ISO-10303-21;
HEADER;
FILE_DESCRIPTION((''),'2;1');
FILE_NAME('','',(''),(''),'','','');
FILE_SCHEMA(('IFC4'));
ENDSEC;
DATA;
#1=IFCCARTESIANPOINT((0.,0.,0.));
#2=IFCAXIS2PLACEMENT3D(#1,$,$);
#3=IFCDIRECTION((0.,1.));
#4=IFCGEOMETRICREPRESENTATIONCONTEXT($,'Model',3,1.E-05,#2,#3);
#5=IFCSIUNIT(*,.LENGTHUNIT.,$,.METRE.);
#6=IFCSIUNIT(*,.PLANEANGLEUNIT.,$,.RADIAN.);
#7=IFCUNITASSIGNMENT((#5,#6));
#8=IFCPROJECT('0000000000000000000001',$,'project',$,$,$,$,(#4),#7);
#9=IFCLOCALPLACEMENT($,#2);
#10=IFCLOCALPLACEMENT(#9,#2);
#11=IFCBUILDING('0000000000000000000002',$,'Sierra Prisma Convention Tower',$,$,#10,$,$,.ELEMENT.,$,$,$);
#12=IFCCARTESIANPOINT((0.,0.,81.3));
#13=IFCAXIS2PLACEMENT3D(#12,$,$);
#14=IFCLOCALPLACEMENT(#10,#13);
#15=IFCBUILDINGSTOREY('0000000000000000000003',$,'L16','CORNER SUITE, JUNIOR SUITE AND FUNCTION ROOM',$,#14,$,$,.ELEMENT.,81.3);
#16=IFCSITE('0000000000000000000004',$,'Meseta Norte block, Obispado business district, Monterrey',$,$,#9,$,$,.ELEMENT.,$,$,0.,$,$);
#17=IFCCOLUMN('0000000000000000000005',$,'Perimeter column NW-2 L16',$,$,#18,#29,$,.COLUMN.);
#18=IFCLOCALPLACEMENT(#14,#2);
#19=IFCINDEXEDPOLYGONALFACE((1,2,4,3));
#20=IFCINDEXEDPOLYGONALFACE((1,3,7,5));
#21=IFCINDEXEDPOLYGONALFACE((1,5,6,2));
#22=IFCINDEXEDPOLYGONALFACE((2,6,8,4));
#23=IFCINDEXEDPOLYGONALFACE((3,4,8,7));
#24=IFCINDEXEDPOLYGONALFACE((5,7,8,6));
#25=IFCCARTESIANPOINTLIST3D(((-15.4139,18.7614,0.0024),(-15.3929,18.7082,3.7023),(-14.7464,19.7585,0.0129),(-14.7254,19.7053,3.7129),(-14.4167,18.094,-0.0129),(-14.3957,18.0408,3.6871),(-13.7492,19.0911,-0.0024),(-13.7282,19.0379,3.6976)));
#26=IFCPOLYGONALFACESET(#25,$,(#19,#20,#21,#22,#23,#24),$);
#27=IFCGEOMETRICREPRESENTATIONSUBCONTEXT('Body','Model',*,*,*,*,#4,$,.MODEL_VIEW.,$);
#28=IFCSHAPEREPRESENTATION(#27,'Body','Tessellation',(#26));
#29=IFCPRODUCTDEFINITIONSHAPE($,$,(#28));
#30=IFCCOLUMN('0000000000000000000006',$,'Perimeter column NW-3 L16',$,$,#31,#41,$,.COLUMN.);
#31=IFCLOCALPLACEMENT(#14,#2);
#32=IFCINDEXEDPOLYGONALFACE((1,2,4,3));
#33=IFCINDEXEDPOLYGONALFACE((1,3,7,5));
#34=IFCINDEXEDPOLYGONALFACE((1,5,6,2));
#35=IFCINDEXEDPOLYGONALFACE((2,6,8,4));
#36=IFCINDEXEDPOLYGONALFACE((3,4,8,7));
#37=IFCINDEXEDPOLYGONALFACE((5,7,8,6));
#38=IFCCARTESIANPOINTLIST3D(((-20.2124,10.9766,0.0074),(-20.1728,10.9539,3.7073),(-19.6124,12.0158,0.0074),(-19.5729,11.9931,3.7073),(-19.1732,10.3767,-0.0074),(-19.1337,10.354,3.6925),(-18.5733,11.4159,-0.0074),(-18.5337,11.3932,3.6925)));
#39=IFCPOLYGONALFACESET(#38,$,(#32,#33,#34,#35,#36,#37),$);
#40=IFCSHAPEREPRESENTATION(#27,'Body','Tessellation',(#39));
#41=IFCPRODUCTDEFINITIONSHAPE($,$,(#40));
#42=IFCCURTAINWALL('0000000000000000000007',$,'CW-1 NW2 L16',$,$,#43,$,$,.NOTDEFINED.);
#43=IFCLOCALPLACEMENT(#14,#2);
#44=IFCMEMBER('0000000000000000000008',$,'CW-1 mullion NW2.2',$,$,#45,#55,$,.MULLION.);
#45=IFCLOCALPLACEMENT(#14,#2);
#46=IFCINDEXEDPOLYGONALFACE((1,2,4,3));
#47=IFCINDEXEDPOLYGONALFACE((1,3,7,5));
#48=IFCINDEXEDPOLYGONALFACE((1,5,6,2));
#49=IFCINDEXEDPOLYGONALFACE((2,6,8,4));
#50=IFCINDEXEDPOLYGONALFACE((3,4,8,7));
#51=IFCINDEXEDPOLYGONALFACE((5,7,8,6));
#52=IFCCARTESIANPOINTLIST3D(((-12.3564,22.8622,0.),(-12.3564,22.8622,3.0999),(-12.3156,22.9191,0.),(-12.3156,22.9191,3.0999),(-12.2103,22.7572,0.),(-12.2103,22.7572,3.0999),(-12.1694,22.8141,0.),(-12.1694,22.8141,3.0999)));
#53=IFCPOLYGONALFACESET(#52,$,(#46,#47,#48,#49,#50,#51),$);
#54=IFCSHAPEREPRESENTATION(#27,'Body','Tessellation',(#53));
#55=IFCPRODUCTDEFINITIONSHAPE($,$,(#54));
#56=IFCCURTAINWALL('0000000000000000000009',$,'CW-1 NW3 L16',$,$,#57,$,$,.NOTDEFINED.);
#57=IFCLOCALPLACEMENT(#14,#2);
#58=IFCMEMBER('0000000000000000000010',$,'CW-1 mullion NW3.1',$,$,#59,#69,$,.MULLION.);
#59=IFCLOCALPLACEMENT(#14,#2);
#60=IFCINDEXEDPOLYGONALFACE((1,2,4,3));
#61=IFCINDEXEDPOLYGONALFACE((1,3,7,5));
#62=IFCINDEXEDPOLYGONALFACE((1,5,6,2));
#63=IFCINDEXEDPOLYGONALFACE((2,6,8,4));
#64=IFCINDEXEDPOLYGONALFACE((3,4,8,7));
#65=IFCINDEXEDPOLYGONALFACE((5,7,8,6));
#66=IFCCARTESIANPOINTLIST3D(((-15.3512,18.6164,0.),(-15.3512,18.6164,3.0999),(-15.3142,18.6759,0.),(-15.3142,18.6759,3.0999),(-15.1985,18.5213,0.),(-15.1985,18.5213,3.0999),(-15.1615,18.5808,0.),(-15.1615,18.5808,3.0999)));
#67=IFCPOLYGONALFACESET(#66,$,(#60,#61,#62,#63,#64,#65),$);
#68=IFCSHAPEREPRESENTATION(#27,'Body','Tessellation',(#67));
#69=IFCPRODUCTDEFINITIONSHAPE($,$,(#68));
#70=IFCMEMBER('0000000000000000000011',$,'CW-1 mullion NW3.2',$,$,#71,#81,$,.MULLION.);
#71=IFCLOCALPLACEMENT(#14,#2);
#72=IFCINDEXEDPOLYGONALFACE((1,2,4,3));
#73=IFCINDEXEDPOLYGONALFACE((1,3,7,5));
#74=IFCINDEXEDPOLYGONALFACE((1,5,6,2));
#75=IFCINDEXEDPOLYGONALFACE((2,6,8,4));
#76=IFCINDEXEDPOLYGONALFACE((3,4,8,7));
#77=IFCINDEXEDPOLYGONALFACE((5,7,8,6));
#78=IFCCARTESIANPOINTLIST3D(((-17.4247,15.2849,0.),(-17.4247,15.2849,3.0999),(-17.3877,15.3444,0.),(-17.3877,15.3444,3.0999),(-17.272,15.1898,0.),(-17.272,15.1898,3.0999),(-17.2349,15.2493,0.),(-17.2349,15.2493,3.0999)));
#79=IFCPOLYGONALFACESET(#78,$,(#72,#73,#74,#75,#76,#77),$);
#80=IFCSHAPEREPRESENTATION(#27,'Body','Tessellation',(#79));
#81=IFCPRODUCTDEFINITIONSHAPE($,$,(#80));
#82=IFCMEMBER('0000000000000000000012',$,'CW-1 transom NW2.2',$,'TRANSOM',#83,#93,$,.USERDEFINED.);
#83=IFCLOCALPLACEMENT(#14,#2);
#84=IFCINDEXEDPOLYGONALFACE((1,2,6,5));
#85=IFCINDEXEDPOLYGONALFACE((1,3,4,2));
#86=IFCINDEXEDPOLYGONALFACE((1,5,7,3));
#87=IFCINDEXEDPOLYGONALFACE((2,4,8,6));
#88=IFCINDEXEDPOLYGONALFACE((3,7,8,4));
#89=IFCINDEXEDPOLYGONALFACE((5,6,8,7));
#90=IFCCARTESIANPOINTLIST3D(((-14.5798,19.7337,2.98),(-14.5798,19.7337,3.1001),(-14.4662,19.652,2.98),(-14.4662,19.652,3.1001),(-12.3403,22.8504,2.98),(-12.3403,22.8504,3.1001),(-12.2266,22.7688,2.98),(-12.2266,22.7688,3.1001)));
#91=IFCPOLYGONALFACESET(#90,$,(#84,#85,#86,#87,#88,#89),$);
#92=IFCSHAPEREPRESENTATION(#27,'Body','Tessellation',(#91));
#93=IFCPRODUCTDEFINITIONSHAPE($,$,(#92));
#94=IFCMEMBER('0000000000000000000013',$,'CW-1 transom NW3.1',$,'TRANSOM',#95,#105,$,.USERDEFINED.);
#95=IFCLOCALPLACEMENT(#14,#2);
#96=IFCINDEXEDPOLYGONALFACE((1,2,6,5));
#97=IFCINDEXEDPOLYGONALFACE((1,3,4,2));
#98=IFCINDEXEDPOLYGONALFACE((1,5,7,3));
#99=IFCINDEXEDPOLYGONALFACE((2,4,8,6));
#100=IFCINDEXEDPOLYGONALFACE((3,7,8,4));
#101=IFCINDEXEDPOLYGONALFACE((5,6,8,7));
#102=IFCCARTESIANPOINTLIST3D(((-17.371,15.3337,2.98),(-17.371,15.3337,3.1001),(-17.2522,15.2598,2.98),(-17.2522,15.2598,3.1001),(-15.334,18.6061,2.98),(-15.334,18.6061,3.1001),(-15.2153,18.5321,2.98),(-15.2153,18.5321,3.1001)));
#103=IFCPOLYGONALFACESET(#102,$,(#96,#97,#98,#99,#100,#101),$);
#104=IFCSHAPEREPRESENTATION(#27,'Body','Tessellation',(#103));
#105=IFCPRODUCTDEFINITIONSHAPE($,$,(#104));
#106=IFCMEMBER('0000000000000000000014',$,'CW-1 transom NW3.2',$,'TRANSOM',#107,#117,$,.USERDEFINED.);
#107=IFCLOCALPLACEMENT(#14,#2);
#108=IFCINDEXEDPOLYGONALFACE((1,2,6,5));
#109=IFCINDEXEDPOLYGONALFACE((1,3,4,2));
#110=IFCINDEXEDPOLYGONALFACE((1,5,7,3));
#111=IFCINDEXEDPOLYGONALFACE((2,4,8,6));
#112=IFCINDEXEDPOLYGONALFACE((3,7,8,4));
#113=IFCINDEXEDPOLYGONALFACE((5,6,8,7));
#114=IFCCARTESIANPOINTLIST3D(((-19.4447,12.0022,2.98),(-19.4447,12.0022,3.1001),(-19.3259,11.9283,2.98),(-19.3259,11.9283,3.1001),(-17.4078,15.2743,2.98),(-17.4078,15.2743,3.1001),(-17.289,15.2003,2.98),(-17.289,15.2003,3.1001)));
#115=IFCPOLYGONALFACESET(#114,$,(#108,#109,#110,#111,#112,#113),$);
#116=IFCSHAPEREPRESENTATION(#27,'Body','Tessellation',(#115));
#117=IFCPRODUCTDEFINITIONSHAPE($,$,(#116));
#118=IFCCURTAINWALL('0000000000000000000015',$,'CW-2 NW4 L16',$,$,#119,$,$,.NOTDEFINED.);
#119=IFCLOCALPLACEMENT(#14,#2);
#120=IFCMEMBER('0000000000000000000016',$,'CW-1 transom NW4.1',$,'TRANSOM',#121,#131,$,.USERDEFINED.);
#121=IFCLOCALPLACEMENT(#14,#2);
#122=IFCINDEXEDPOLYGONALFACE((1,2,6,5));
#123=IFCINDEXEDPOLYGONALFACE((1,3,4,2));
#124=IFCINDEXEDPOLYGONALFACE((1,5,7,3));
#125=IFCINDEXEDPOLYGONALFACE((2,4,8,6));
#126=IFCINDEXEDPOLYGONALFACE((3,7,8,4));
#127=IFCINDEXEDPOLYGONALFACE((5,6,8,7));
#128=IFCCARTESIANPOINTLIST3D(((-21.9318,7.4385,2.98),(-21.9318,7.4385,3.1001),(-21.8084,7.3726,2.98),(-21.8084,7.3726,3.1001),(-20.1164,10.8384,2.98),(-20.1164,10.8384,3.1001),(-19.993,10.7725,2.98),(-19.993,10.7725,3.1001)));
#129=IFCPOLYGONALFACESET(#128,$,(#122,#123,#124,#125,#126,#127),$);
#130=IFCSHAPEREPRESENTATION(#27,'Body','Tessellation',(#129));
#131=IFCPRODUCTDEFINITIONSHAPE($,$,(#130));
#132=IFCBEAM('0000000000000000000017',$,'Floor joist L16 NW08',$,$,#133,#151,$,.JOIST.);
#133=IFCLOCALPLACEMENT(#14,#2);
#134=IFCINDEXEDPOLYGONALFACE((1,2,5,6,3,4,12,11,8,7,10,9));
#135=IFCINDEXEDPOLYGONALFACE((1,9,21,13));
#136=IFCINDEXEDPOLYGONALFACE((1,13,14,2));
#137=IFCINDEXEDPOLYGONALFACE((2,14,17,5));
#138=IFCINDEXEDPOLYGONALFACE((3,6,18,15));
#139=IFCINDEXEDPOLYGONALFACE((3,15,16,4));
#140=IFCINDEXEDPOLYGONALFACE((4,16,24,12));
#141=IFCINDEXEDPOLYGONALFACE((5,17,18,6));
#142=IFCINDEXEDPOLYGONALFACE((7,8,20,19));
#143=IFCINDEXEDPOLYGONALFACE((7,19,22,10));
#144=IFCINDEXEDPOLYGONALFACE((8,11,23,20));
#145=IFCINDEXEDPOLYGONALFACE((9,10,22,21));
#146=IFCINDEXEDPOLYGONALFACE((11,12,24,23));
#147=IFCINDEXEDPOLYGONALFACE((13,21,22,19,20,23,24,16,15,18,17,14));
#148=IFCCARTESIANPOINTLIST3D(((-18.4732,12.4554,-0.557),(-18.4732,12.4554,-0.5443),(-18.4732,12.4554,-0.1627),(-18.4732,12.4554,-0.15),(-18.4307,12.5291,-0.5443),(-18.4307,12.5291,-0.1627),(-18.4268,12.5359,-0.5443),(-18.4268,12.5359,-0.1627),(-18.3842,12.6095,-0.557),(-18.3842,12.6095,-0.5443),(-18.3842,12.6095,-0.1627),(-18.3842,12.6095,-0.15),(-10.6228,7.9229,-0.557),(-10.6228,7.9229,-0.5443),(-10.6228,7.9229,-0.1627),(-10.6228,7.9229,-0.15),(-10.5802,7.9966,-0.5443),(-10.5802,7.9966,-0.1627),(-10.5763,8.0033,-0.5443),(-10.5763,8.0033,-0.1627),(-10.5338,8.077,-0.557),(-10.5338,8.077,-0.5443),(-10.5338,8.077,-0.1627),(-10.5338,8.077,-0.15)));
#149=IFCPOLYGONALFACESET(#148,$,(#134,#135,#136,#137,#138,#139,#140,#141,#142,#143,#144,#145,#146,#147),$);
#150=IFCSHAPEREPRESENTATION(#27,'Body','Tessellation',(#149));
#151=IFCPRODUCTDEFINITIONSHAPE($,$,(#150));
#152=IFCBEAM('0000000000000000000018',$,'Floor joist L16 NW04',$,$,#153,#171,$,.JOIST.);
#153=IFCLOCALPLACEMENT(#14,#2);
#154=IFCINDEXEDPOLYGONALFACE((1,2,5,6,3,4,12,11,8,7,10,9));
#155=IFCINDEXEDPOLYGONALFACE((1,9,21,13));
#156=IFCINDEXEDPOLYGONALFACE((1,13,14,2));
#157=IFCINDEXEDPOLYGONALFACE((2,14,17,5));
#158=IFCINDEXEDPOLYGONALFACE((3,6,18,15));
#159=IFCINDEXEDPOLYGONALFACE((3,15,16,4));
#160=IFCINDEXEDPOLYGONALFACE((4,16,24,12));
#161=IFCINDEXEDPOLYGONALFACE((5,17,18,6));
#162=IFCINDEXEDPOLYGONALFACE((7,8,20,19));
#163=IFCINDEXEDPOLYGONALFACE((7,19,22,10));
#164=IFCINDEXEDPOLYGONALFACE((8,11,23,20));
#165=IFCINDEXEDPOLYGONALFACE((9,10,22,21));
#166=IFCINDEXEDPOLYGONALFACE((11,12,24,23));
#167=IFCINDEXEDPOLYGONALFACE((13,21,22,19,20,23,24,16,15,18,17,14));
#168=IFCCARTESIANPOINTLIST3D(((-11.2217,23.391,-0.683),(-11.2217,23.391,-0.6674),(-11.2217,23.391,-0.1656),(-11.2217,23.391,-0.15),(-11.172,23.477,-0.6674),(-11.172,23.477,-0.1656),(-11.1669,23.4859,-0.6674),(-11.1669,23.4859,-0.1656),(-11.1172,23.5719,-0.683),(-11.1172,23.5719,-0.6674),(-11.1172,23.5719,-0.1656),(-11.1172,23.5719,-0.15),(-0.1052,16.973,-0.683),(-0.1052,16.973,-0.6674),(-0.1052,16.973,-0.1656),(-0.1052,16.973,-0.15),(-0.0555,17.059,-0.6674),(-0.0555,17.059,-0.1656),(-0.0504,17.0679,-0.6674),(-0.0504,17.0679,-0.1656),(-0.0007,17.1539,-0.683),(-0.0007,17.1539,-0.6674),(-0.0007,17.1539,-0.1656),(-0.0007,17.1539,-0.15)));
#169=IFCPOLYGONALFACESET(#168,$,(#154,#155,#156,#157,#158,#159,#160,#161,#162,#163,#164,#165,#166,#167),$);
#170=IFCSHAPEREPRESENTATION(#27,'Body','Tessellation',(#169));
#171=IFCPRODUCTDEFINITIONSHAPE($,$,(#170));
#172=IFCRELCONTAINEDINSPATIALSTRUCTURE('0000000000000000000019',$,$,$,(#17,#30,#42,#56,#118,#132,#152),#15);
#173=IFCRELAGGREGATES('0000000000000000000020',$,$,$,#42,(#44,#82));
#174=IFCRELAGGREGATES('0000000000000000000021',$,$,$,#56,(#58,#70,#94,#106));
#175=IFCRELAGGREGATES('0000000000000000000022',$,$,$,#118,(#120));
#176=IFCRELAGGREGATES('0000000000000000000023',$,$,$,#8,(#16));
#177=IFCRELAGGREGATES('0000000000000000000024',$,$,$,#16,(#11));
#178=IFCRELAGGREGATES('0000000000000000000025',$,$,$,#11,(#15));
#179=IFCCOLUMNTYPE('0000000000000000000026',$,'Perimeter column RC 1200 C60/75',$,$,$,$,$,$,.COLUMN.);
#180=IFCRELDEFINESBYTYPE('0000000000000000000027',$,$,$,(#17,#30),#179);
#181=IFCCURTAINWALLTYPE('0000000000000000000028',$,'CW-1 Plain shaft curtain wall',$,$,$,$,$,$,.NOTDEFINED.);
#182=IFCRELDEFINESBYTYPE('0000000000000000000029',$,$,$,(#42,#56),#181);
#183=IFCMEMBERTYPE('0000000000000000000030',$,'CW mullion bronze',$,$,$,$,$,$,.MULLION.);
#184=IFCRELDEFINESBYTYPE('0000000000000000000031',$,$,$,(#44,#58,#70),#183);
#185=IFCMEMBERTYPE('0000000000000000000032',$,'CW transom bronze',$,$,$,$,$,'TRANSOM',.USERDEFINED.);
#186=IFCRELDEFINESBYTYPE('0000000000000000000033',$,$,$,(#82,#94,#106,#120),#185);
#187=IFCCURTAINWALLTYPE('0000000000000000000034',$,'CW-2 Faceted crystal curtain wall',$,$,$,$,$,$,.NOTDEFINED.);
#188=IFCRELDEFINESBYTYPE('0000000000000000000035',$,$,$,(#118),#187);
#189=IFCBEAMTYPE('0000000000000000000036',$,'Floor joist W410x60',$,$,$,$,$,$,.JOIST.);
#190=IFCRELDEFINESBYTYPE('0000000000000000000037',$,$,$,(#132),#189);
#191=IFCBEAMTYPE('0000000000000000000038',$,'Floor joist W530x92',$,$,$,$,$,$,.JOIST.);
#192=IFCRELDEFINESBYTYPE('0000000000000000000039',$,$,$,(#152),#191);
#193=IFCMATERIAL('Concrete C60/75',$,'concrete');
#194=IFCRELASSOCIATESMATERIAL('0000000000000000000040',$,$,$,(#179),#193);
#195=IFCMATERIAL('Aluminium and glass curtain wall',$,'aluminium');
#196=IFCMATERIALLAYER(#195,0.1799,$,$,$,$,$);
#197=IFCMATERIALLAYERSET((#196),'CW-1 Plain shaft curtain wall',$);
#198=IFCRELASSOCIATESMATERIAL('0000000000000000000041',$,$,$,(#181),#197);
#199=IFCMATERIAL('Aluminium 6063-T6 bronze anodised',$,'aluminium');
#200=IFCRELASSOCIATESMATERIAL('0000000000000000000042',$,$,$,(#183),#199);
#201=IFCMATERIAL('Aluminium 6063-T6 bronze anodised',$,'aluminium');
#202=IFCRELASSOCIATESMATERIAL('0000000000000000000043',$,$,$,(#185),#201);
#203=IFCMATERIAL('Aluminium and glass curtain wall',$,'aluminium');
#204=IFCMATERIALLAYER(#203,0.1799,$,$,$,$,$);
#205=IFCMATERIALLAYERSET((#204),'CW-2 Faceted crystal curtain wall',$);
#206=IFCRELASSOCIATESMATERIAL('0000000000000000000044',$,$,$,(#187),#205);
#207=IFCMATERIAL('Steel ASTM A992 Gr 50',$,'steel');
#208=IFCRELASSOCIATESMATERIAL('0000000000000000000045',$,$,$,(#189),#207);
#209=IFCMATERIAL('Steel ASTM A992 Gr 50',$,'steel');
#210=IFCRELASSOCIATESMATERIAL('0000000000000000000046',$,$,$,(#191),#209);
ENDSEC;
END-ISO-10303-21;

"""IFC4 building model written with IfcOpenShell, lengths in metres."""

from ifc_helpers import new_model, si_unit, direction, frame, origin, origin_2d, place, context, subcontext, project, spatial, rectangle, i_section, extrude, material, layer, layer_set, material_profile, profile_set, type_object, element, aggregate, save


model = new_model("IFC4")

# Units and contexts
model_context = context("Model", 3, precision=1e-05, world=origin(), true_north=direction((0.0, 1.0)))
body_context = subcontext(model_context, "Body", "Model", "MODEL_VIEW")
ifc_project = project(units=[si_unit("LENGTHUNIT", "METRE"), si_unit("PLANEANGLEUNIT", "RADIAN")], contexts=[model_context])

# Site, building, storey
site_placement = place(None, origin())
site = spatial("IfcSite", under=ifc_project, at=site_placement, Name="Meseta Norte block, Obispado business district, Monterrey", CompositionType="ELEMENT", RefElevation=0.0)
building_placement = place(site_placement, origin())
building = spatial("IfcBuilding", under=site, at=building_placement, Name="Sierra Prisma Convention Tower", CompositionType="ELEMENT")
storey_placement = place(building_placement, frame((0.0, 0.0, 81.3)))
storey = spatial("IfcBuildingStorey", under=building, at=storey_placement, Name="L16", Description="CORNER SUITE, JUNIOR SUITE AND FUNCTION ROOM", CompositionType="ELEMENT", Elevation=81.3)

# Columns
ifc_material_1 = material(Name="Concrete C60/75", Category="concrete")
ifc_material_profile_1 = material_profile(ifc_material_1, rectangle(XDim=1.2, YDim=1.2, at=origin_2d()), Name="Perimeter column RC 1200 C60/75")
ifc_profile_set_1 = profile_set([ifc_material_profile_1], Name="Concrete C60/75")
column_type = type_object("IfcColumnType", Name="Perimeter column RC 1200 C60/75", PredefinedType="COLUMN", material=ifc_profile_set_1)
column_1_placement = place(storey_placement, frame((-14.5815, 18.9263, 0.0), z_axis=(0.005674, -0.014383, 0.99988), x_axis=(0.556275, 0.830952, 0.008796)))
element("IfcColumn", 1, at=column_1_placement, inside=storey, type_object=column_type, Name="Perimeter column NW-2 L16", PredefinedType="COLUMN", context=body_context, shape_type="SweptSolid", body=[
    extrude(rectangle(XDim=1.2, YDim=1.2, at=origin_2d()), origin(), (0.0, 0.0, 1.0), 3.7004),
])
column_2_placement = place(storey_placement, frame((-19.3928, 11.1963, 0.0), z_axis=(0.010689, -0.006136, 0.999924), x_axis=(0.499971, 0.866042, -0.00003)))
element("IfcColumn", 2, at=column_2_placement, inside=storey, type_object=column_type, Name="Perimeter column NW-3 L16", PredefinedType="COLUMN", context=body_context, shape_type="SweptSolid", body=[
    extrude(rectangle(XDim=1.2, YDim=1.2, at=origin_2d()), origin(), (0.0, 0.0, 1.0), 3.7002),
])

# Curtain wall, member
ifc_material_2 = material(Name="Aluminium and glass curtain wall", Category="aluminium")
ifc_layer_1 = layer(ifc_material_2, 0.1799)
ifc_layer_set_1 = layer_set([ifc_layer_1], Name="CW-1 Plain shaft curtain wall")
curtain_wall_type_1 = type_object("IfcCurtainWallType", Name="CW-1 Plain shaft curtain wall", PredefinedType="NOTDEFINED", material=ifc_layer_set_1)
curtain_wall_1_placement = place(storey_placement, origin())
curtain_wall_1 = element("IfcCurtainWall", 3, at=curtain_wall_1_placement, inside=storey, type_object=curtain_wall_type_1, Name="CW-1 NW2 L16", PredefinedType="NOTDEFINED")
ifc_material_3 = material(Name="Aluminium 6063-T6 bronze anodised", Category="aluminium")
ifc_material_profile_2 = material_profile(ifc_material_3, rectangle(XDim=0.1799, YDim=0.0701, at=origin_2d()), Name="ALU MULLION 70x180")
ifc_profile_set_2 = profile_set([ifc_material_profile_2], Name="Aluminium 6063-T6 bronze anodised")
member_type_1 = type_object("IfcMemberType", Name="CW mullion bronze", PredefinedType="MULLION", material=ifc_profile_set_2)
member_1_placement = place(storey_placement, frame((-12.2629, 22.8381, 0.0), z_axis=(0.0, 0.0, 1.0), x_axis=(0.812096, -0.583524, 0.0)))
member_1 = element("IfcMember", 4, at=member_1_placement, type_object=member_type_1, Name="CW-1 mullion NW2.2", PredefinedType="MULLION", context=body_context, shape_type="SweptSolid", body=[
    extrude(rectangle(XDim=0.1799, YDim=0.0701, at=origin_2d()), origin(), (0.0, 0.0, 1.0), 3.0999),
])

# Curtain wall, members
curtain_wall_2_placement = place(storey_placement, origin())
curtain_wall_2 = element("IfcCurtainWall", 5, at=curtain_wall_2_placement, inside=storey, type_object=curtain_wall_type_1, Name="CW-1 NW3 L16", PredefinedType="NOTDEFINED")
member_2_placement = place(storey_placement, frame((-15.2563, 18.5986, 0.0), z_axis=(0.0, 0.0, 1.0), x_axis=(0.848975, -0.528432, 0.0)))
member_2 = element("IfcMember", 6, at=member_2_placement, type_object=member_type_1, Name="CW-1 mullion NW3.1", PredefinedType="MULLION", context=body_context, shape_type="SweptSolid", body=[
    extrude(rectangle(XDim=0.1799, YDim=0.0701, at=origin_2d()), origin(), (0.0, 0.0, 1.0), 3.0999),
])
member_3_placement = place(storey_placement, frame((-17.3298, 15.2671, 0.0), z_axis=(0.0, 0.0, 1.0), x_axis=(0.848975, -0.528432, 0.0)))
member_3 = element("IfcMember", 7, at=member_3_placement, type_object=member_type_1, Name="CW-1 mullion NW3.2", PredefinedType="MULLION", context=body_context, shape_type="SweptSolid", body=[
    extrude(rectangle(XDim=0.1799, YDim=0.0701, at=origin_2d()), origin(), (0.0, 0.0, 1.0), 3.0999),
])

# Members
ifc_material_4 = material(Name="Aluminium 6063-T6 bronze anodised", Category="aluminium")
ifc_material_profile_3 = material_profile(ifc_material_4, rectangle(XDim=0.1399, YDim=0.1201, at=origin_2d()), Name="ALU TRANSOM 120x140")
ifc_profile_set_3 = profile_set([ifc_material_profile_3], Name="Aluminium 6063-T6 bronze anodised")
member_type_2 = type_object("IfcMemberType", Name="CW transom bronze", ElementType="TRANSOM", PredefinedType="USERDEFINED", material=ifc_profile_set_3)
member_4_placement = place(storey_placement, frame((-12.2834, 22.8096, 3.04), z_axis=(-0.583529, -0.812093, 0.0), x_axis=(0.812093, -0.583529, 0.0)))
member_4 = element("IfcMember", 8, at=member_4_placement, type_object=member_type_2, Name="CW-1 transom NW2.2", ObjectType="TRANSOM", PredefinedType="USERDEFINED", context=body_context, shape_type="SweptSolid", body=[
    extrude(rectangle(XDim=0.1399, YDim=0.1201, at=origin_2d()), origin(), (0.0, 0.0, 1.0), 3.8379),
])
member_5_placement = place(storey_placement, frame((-15.2747, 18.5691, 3.04), z_axis=(-0.528455, -0.848961, 0.0), x_axis=(0.848961, -0.528455, 0.0)))
member_5 = element("IfcMember", 9, at=member_5_placement, type_object=member_type_2, Name="CW-1 transom NW3.1", ObjectType="TRANSOM", PredefinedType="USERDEFINED", context=body_context, shape_type="SweptSolid", body=[
    extrude(rectangle(XDim=0.1399, YDim=0.1201, at=origin_2d()), origin(), (0.0, 0.0, 1.0), 3.8545),
])
member_6_placement = place(storey_placement, frame((-17.3484, 15.2373, 3.04), z_axis=(-0.528484, -0.848944, 0.0), x_axis=(0.848944, -0.528484, 0.0)))
member_6 = element("IfcMember", 10, at=member_6_placement, type_object=member_type_2, Name="CW-1 transom NW3.2", ObjectType="TRANSOM", PredefinedType="USERDEFINED", context=body_context, shape_type="SweptSolid", body=[
    extrude(rectangle(XDim=0.1399, YDim=0.1201, at=origin_2d()), origin(), (0.0, 0.0, 1.0), 3.8542),
])

# Curtain wall, member
ifc_material_5 = material(Name="Aluminium and glass curtain wall", Category="aluminium")
ifc_layer_2 = layer(ifc_material_5, 0.1799)
ifc_layer_set_2 = layer_set([ifc_layer_2], Name="CW-2 Faceted crystal curtain wall")
curtain_wall_type_2 = type_object("IfcCurtainWallType", Name="CW-2 Faceted crystal curtain wall", PredefinedType="NOTDEFINED", material=ifc_layer_set_2)
curtain_wall_3_placement = place(storey_placement, origin())
curtain_wall_3 = element("IfcCurtainWall", 11, at=curtain_wall_3_placement, inside=storey, type_object=curtain_wall_type_2, Name="CW-2 NW4 L16", PredefinedType="NOTDEFINED")
member_7_placement = place(storey_placement, frame((-20.0547, 10.8054, 3.04), z_axis=(-0.471022, -0.882121, 0.0), x_axis=(0.882121, -0.471022, 0.0)))
member_7 = element("IfcMember", 12, at=member_7_placement, type_object=member_type_2, Name="CW-1 transom NW4.1", ObjectType="TRANSOM", PredefinedType="USERDEFINED", context=body_context, shape_type="SweptSolid", body=[
    extrude(rectangle(XDim=0.1399, YDim=0.1201, at=origin_2d()), origin(), (0.0, 0.0, 1.0), 3.8542),
])

# Beams
ifc_material_6 = material(Name="Steel ASTM A992 Gr 50", Category="steel")
ifc_material_profile_4 = material_profile(ifc_material_6, i_section(OverallWidth=0.178, OverallDepth=0.407, WebThickness=0.0078, FlangeThickness=0.0127, at=origin_2d()), Name="W410x60")
ifc_profile_set_4 = profile_set([ifc_material_profile_4], Name="Steel ASTM A992 Gr 50")
beam_type_1 = type_object("IfcBeamType", Name="Floor joist W410x60", PredefinedType="JOIST", material=ifc_profile_set_4)
beam_1_placement = place(storey_placement, frame((-18.4287, 12.5325, -0.3535), z_axis=(0.866022, -0.500006, 0.0), x_axis=(0.500006, 0.866022, 0.0)))
element("IfcBeam", 13, at=beam_1_placement, inside=storey, type_object=beam_type_1, Name="Floor joist L16 NW08", PredefinedType="JOIST", context=body_context, shape_type="SweptSolid", body=[
    extrude(i_section(OverallWidth=0.178, OverallDepth=0.407, WebThickness=0.0078, FlangeThickness=0.0127, at=origin_2d()), origin(), (0.0, 0.0, 1.0), 9.0649),
])
ifc_material_7 = material(Name="Steel ASTM A992 Gr 50", Category="steel")
ifc_material_profile_5 = material_profile(ifc_material_7, i_section(OverallWidth=0.209, OverallDepth=0.533, WebThickness=0.0103, FlangeThickness=0.0156, at=origin_2d()), Name="W530x92")
ifc_profile_set_5 = profile_set([ifc_material_profile_5], Name="Steel ASTM A992 Gr 50")
beam_type_2 = type_object("IfcBeamType", Name="Floor joist W530x92", PredefinedType="JOIST", material=ifc_profile_set_5)
beam_2_placement = place(storey_placement, frame((-11.1694, 23.4814, -0.4165), z_axis=(0.866029, -0.499993, 0.0), x_axis=(0.499993, 0.866029, 0.0)))
element("IfcBeam", 14, at=beam_2_placement, inside=storey, type_object=beam_type_2, Name="Floor joist L16 NW04", PredefinedType="JOIST", context=body_context, shape_type="SweptSolid", body=[
    extrude(i_section(OverallWidth=0.209, OverallDepth=0.533, WebThickness=0.0103, FlangeThickness=0.0156, at=origin_2d()), origin(), (0.0, 0.0, 1.0), 12.8362),
])

aggregate(curtain_wall_1, [member_1, member_4])
aggregate(curtain_wall_2, [member_2, member_3, member_5, member_6])
aggregate(curtain_wall_3, [member_7])

save(model, "model.ifc")
